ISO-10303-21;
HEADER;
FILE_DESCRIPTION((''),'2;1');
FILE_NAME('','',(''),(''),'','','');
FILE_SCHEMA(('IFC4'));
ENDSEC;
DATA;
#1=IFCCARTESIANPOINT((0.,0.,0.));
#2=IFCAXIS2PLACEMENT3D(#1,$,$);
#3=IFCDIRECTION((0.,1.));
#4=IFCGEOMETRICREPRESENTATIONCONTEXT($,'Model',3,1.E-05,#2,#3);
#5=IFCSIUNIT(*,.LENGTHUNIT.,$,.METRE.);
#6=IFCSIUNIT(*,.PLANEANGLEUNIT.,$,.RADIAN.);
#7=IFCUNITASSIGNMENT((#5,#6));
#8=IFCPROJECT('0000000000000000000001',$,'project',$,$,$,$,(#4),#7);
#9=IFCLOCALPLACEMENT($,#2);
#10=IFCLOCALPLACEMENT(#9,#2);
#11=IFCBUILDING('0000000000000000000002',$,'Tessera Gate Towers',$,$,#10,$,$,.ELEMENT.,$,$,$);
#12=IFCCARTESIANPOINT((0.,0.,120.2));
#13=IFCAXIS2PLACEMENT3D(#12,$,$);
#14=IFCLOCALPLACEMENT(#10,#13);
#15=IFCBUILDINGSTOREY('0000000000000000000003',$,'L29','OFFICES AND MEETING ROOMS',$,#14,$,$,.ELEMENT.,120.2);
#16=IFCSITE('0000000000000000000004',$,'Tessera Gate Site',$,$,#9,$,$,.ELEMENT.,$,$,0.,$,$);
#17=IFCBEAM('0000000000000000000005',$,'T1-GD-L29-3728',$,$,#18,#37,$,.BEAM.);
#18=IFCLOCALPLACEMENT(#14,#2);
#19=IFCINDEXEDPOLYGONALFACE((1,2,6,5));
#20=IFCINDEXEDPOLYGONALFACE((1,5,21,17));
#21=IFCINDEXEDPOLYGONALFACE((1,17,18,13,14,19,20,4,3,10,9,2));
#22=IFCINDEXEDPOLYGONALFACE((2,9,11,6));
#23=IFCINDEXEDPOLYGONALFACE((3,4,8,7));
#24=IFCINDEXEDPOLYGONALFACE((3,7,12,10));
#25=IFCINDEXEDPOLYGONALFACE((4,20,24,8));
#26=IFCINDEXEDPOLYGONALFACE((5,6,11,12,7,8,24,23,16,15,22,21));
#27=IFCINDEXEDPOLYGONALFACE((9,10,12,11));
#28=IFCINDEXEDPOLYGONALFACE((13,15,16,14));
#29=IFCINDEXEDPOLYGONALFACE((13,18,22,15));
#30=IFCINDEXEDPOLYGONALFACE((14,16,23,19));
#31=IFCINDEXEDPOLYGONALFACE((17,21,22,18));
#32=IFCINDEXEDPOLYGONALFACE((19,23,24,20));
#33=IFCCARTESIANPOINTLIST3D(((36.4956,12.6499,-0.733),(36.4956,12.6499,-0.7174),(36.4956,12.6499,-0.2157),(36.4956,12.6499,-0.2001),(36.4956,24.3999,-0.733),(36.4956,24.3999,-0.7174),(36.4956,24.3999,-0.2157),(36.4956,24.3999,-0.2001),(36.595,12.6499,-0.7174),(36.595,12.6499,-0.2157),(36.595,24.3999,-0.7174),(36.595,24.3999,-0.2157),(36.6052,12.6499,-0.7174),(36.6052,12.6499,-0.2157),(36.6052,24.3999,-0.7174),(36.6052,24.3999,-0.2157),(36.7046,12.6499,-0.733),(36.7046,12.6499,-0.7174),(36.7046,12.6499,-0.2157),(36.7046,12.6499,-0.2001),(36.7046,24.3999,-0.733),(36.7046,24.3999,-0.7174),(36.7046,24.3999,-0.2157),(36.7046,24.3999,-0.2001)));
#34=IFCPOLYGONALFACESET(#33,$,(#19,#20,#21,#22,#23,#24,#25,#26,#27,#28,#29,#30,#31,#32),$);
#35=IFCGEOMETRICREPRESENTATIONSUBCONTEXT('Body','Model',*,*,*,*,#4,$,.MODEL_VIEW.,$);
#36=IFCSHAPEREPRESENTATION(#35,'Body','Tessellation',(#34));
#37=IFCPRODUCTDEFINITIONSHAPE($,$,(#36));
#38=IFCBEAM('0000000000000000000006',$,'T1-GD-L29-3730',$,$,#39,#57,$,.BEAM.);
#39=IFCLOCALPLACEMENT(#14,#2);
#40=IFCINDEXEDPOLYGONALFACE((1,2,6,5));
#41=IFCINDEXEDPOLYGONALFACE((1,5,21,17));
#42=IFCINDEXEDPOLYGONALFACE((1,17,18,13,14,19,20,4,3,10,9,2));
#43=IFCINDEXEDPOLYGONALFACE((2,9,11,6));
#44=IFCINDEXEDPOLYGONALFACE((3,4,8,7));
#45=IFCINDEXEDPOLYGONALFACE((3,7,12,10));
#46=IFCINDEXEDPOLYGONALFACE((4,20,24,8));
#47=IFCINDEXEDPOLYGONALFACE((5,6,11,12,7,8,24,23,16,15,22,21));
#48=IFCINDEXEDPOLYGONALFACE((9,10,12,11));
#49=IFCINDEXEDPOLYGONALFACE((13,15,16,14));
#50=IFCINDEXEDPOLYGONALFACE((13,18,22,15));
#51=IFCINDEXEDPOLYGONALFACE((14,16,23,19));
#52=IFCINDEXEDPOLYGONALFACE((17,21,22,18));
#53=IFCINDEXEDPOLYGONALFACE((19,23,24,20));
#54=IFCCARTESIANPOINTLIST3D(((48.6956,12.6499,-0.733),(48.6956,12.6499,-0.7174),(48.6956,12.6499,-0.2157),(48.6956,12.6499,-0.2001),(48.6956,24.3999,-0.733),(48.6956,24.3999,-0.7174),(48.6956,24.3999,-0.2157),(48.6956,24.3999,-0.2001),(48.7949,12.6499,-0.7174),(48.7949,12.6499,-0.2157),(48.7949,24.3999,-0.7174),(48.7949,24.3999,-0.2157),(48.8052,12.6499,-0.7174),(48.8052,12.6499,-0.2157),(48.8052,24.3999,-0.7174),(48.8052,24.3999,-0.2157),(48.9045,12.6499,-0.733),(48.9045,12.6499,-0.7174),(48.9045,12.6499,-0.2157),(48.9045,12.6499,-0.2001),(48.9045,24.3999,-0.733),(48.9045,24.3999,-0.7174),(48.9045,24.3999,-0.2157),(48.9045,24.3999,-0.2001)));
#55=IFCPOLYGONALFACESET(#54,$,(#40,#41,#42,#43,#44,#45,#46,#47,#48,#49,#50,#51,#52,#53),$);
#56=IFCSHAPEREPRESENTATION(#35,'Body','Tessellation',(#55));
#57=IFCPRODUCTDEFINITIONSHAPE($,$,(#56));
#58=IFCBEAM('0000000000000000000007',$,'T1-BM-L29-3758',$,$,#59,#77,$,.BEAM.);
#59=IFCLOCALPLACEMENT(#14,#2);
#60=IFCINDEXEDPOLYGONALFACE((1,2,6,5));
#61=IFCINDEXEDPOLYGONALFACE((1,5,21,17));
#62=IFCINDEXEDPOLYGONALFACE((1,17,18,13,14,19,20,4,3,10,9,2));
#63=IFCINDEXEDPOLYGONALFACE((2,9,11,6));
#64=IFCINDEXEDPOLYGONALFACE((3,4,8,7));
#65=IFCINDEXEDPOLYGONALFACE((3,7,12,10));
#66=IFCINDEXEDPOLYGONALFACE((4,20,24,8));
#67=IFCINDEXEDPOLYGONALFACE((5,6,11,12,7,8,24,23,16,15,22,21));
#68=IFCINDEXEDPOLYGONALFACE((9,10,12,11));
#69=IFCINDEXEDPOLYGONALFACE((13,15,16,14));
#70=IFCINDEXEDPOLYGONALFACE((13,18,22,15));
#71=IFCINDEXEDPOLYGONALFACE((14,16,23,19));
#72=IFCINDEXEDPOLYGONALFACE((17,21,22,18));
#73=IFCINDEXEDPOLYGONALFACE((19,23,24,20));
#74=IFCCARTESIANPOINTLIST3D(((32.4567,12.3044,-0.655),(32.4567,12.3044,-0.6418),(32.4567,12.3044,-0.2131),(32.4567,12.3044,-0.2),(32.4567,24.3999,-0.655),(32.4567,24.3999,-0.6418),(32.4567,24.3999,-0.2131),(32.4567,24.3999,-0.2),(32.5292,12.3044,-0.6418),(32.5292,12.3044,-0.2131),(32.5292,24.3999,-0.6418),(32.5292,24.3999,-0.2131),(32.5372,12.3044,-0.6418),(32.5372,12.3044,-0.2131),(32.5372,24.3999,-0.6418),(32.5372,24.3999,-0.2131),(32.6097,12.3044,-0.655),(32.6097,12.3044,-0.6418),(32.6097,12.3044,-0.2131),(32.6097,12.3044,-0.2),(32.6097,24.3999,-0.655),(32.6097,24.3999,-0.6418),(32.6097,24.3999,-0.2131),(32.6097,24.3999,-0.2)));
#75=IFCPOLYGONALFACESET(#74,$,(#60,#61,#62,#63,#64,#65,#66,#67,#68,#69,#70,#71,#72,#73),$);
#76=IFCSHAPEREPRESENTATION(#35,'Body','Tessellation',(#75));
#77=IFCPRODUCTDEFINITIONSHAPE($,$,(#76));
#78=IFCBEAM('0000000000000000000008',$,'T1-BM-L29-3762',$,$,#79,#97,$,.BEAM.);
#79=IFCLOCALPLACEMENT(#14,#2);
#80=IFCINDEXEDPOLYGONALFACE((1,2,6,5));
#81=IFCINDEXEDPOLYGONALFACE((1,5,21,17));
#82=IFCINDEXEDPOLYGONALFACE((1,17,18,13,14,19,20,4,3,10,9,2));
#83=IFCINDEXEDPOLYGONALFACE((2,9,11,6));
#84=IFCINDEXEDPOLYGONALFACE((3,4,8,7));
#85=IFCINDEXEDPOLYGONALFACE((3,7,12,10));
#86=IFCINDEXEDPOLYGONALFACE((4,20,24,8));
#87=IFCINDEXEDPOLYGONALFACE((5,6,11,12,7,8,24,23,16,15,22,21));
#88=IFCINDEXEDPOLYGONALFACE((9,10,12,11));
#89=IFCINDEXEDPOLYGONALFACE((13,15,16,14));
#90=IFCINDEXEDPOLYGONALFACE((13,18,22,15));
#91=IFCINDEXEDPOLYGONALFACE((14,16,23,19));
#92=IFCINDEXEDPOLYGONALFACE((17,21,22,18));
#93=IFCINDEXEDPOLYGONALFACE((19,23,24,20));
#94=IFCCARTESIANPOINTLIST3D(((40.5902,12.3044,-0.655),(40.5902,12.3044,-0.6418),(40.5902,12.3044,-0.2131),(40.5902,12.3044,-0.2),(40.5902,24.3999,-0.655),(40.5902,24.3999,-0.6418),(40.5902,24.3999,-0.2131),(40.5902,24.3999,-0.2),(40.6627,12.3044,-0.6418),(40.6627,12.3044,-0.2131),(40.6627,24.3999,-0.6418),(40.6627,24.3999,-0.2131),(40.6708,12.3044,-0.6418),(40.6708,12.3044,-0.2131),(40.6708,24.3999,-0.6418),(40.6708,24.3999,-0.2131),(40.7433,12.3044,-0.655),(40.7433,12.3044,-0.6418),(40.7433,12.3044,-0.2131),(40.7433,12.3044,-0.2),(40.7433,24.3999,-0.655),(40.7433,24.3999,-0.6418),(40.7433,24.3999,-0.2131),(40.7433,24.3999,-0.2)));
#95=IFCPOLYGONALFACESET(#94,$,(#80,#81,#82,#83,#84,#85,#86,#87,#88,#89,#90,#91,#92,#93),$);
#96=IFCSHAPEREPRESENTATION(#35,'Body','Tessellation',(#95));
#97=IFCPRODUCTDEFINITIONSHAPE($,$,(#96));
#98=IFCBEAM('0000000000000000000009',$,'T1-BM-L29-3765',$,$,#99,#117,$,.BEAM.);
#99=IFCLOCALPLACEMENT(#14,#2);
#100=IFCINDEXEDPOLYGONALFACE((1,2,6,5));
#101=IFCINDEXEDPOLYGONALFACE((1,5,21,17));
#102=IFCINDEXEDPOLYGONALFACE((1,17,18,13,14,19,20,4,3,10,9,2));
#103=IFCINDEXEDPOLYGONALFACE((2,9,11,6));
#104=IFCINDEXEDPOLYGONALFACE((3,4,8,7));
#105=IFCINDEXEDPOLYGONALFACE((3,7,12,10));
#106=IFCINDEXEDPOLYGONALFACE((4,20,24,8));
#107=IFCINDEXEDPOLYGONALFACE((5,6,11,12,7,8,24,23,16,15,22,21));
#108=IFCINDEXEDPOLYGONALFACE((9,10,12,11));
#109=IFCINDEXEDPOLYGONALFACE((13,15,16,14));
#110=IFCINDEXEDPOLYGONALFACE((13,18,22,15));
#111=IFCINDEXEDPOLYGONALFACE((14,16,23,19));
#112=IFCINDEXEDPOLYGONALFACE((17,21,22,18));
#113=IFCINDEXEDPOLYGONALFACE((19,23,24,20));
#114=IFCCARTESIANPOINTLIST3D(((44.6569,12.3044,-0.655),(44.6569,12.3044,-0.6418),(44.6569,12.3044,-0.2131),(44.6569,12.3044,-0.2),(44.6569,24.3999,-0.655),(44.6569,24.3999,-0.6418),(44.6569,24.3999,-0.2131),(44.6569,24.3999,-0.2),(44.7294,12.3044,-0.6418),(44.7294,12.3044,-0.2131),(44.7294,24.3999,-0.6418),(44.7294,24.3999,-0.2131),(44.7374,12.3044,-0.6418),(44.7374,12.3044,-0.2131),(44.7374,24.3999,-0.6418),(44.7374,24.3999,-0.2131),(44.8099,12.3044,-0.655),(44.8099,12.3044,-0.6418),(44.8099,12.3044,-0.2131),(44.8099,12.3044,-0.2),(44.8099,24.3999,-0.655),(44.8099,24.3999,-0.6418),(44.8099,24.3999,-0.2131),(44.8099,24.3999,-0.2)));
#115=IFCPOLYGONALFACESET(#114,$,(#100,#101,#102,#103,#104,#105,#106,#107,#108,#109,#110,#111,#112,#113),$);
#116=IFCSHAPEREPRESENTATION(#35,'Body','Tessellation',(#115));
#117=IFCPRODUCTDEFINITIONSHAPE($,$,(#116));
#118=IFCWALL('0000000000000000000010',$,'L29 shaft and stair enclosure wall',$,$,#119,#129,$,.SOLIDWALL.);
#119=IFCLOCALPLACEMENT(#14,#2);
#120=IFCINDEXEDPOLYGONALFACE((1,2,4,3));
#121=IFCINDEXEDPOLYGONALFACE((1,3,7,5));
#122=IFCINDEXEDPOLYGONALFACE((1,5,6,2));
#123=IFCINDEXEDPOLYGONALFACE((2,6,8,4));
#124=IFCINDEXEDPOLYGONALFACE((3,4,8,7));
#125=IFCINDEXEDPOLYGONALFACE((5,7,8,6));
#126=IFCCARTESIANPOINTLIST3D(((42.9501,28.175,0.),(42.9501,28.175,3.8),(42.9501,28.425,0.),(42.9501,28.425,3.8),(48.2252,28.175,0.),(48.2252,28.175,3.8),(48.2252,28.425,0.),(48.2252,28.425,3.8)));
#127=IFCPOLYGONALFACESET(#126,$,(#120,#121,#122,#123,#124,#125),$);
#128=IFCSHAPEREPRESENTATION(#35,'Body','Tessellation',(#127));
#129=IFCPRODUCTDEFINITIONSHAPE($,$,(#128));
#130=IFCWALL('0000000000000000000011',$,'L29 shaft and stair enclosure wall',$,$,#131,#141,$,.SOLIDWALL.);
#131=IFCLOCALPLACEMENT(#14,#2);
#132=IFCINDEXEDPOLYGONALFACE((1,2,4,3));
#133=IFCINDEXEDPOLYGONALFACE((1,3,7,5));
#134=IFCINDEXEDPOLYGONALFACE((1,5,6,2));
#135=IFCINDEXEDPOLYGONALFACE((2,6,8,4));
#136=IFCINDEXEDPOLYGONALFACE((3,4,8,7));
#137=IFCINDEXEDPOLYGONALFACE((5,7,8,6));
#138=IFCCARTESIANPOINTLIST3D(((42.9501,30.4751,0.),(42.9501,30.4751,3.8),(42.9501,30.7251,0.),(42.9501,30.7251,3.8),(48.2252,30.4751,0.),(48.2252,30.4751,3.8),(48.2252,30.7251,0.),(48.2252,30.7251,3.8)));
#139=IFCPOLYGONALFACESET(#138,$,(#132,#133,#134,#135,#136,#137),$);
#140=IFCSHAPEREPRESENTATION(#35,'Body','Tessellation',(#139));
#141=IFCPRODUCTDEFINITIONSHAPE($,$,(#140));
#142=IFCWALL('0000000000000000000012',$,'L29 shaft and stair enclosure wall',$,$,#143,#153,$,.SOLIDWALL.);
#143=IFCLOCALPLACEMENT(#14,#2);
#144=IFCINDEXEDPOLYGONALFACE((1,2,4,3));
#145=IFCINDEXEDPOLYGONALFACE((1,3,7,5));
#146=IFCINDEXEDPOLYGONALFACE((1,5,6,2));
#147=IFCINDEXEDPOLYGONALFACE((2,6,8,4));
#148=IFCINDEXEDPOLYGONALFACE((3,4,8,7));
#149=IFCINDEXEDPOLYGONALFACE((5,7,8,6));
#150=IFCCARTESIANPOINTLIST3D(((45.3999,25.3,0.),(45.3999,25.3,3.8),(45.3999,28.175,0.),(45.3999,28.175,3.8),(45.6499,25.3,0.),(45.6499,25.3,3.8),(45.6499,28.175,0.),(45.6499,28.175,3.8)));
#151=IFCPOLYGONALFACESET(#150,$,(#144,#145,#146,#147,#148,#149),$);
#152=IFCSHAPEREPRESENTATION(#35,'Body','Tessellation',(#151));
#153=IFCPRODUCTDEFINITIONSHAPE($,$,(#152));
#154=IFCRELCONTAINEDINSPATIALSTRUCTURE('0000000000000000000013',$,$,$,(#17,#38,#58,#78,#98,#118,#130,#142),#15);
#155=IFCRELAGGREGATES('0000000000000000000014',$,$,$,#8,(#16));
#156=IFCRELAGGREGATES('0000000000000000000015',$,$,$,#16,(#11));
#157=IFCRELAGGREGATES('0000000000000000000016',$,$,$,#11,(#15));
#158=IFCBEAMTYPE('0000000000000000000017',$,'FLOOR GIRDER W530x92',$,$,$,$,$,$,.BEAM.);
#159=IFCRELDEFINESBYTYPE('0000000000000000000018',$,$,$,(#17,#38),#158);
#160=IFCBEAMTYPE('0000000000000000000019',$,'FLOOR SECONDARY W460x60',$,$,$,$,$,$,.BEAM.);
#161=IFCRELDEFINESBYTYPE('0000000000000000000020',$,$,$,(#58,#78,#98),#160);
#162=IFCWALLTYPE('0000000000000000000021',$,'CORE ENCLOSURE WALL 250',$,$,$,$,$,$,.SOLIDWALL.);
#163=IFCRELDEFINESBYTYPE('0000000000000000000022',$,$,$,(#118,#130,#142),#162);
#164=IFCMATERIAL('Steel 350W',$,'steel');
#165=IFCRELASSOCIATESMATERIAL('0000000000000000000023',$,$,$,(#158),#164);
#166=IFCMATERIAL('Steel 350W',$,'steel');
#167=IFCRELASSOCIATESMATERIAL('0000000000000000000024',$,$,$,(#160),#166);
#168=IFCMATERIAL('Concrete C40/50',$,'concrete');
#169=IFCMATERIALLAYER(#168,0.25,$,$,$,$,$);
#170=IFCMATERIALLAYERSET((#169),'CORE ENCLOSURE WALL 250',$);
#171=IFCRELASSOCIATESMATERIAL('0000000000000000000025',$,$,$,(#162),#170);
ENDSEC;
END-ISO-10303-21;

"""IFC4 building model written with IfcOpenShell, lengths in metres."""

from ifc_helpers import new_model, si_unit, direction, frame, frame_2d, origin, origin_2d, place, context, subcontext, project, spatial, rectangle, i_section, extrude, material, layer, layer_set, material_profile, profile_set, type_object, element, save


model = new_model("IFC4")

# Units and contexts
model_context = context("Model", 3, precision=1e-05, world=origin(), true_north=direction((0.0, 1.0)))
body_context = subcontext(model_context, "Body", "Model", "MODEL_VIEW")
ifc_project = project(units=[si_unit("LENGTHUNIT", "METRE"), si_unit("PLANEANGLEUNIT", "RADIAN")], contexts=[model_context])

# Site, building, storey
site_placement = place(None, origin())
site = spatial("IfcSite", under=ifc_project, at=site_placement, Name="Tessera Gate Site", CompositionType="ELEMENT", RefElevation=0.0)
building_placement = place(site_placement, origin())
building = spatial("IfcBuilding", under=site, at=building_placement, Name="Tessera Gate Towers", CompositionType="ELEMENT")
storey_placement = place(building_placement, frame((0.0, 0.0, 120.2)))
storey = spatial("IfcBuildingStorey", under=building, at=storey_placement, Name="L29", Description="OFFICES AND MEETING ROOMS", CompositionType="ELEMENT", Elevation=120.2)

# Beams
ifc_material_1 = material(Name="Steel 350W", Category="steel")
ifc_material_profile_1 = material_profile(ifc_material_1, i_section(OverallWidth=0.209, OverallDepth=0.533, WebThickness=0.0103, FlangeThickness=0.0156, at=origin_2d()), Name="W530x92")
ifc_profile_set_1 = profile_set([ifc_material_profile_1], Name="Steel 350W")
beam_type_1 = type_object("IfcBeamType", Name="FLOOR GIRDER W530x92", PredefinedType="BEAM", material=ifc_profile_set_1)
for number, where, z_axis, x_axis, name in (
    (1, (36.6001, 12.6499, -0.4666), (0.0, 1.0, 0.0), (-1.0, 0.0, 0.0), "T1-GD-L29-3728"),
    (2, (48.8, 12.6499, -0.4666), (0.0, 1.0, 0.0), (-1.0, 0.0, 0.0), "T1-GD-L29-3730"),
):
    element("IfcBeam", number, at=place(storey_placement, frame(where, z_axis=z_axis, x_axis=x_axis)), inside=storey, type_object=beam_type_1, Name=name, PredefinedType="BEAM", context=body_context, shape_type="SweptSolid", body=[
        extrude(i_section(OverallWidth=0.209, OverallDepth=0.533, WebThickness=0.0103, FlangeThickness=0.0156, at=origin_2d()), origin(), (0.0, 0.0, 1.0), 11.75),
    ])
ifc_material_2 = material(Name="Steel 350W", Category="steel")
ifc_material_profile_2 = material_profile(ifc_material_2, i_section(OverallWidth=0.1531, OverallDepth=0.4551, WebThickness=0.0081, FlangeThickness=0.0132, at=origin_2d()), Name="W460x60")
ifc_profile_set_2 = profile_set([ifc_material_profile_2], Name="Steel 350W")
beam_type_2 = type_object("IfcBeamType", Name="FLOOR SECONDARY W460x60", PredefinedType="BEAM", material=ifc_profile_set_2)
for number, where, z_axis, x_axis, name in (
    (3, (32.5332, 12.3044, -0.4275), (0.0, 1.0, 0.0), (-1.0, 0.0, 0.0), "T1-BM-L29-3758"),
    (4, (40.6667, 12.3044, -0.4275), (0.0, 1.0, 0.0), (-1.0, 0.0, 0.0), "T1-BM-L29-3762"),
    (5, (44.7334, 12.3044, -0.4275), (0.0, 1.0, 0.0), (-1.0, 0.0, 0.0), "T1-BM-L29-3765"),
):
    element("IfcBeam", number, at=place(storey_placement, frame(where, z_axis=z_axis, x_axis=x_axis)), inside=storey, type_object=beam_type_2, Name=name, PredefinedType="BEAM", context=body_context, shape_type="SweptSolid", body=[
        extrude(i_section(OverallWidth=0.1531, OverallDepth=0.4551, WebThickness=0.0081, FlangeThickness=0.0132, at=origin_2d()), origin(), (0.0, 0.0, 1.0), 12.0955),
    ])

# Walls
ifc_material_3 = material(Name="Concrete C40/50", Category="concrete")
ifc_layer_1 = layer(ifc_material_3, 0.25)
ifc_layer_set_1 = layer_set([ifc_layer_1], Name="CORE ENCLOSURE WALL 250")
wall_type_1 = type_object("IfcWallType", Name="CORE ENCLOSURE WALL 250", PredefinedType="SOLIDWALL", material=ifc_layer_set_1)
for number, where, z_axis, x_axis, name in (
    (6, (42.95, 28.3, 0.0), (0.0, 0.0, 1.0), (1.0, 0.0, 0.0), "L29 shaft and stair enclosure wall"),
    (7, (42.95, 30.6001, 0.0), (0.0, 0.0, 1.0), (1.0, 0.0, 0.0), "L29 shaft and stair enclosure wall"),
):
    element("IfcWall", number, at=place(storey_placement, frame(where, z_axis=z_axis, x_axis=x_axis)), inside=storey, type_object=wall_type_1, Name=name, PredefinedType="SOLIDWALL", context=body_context, shape_type="SweptSolid", body=[
        extrude(rectangle(XDim=5.2751, YDim=0.25, at=frame_2d((2.6377, 0.0))), origin(), (0.0, 0.0, 1.0), 3.8),
    ])
wall_1_placement = place(storey_placement, frame((45.5249, 25.3, 0.0), z_axis=(0.0, 0.0, 1.0), x_axis=(0.0, 1.0, 0.0)))
element("IfcWall", 8, at=wall_1_placement, inside=storey, type_object=wall_type_1, Name="L29 shaft and stair enclosure wall", PredefinedType="SOLIDWALL", context=body_context, shape_type="SweptSolid", body=[
    extrude(rectangle(XDim=2.875, YDim=0.25, at=frame_2d((1.4375, 0.0))), origin(), (0.0, 0.0, 1.0), 3.8),
])

save(model, "model.ifc")
